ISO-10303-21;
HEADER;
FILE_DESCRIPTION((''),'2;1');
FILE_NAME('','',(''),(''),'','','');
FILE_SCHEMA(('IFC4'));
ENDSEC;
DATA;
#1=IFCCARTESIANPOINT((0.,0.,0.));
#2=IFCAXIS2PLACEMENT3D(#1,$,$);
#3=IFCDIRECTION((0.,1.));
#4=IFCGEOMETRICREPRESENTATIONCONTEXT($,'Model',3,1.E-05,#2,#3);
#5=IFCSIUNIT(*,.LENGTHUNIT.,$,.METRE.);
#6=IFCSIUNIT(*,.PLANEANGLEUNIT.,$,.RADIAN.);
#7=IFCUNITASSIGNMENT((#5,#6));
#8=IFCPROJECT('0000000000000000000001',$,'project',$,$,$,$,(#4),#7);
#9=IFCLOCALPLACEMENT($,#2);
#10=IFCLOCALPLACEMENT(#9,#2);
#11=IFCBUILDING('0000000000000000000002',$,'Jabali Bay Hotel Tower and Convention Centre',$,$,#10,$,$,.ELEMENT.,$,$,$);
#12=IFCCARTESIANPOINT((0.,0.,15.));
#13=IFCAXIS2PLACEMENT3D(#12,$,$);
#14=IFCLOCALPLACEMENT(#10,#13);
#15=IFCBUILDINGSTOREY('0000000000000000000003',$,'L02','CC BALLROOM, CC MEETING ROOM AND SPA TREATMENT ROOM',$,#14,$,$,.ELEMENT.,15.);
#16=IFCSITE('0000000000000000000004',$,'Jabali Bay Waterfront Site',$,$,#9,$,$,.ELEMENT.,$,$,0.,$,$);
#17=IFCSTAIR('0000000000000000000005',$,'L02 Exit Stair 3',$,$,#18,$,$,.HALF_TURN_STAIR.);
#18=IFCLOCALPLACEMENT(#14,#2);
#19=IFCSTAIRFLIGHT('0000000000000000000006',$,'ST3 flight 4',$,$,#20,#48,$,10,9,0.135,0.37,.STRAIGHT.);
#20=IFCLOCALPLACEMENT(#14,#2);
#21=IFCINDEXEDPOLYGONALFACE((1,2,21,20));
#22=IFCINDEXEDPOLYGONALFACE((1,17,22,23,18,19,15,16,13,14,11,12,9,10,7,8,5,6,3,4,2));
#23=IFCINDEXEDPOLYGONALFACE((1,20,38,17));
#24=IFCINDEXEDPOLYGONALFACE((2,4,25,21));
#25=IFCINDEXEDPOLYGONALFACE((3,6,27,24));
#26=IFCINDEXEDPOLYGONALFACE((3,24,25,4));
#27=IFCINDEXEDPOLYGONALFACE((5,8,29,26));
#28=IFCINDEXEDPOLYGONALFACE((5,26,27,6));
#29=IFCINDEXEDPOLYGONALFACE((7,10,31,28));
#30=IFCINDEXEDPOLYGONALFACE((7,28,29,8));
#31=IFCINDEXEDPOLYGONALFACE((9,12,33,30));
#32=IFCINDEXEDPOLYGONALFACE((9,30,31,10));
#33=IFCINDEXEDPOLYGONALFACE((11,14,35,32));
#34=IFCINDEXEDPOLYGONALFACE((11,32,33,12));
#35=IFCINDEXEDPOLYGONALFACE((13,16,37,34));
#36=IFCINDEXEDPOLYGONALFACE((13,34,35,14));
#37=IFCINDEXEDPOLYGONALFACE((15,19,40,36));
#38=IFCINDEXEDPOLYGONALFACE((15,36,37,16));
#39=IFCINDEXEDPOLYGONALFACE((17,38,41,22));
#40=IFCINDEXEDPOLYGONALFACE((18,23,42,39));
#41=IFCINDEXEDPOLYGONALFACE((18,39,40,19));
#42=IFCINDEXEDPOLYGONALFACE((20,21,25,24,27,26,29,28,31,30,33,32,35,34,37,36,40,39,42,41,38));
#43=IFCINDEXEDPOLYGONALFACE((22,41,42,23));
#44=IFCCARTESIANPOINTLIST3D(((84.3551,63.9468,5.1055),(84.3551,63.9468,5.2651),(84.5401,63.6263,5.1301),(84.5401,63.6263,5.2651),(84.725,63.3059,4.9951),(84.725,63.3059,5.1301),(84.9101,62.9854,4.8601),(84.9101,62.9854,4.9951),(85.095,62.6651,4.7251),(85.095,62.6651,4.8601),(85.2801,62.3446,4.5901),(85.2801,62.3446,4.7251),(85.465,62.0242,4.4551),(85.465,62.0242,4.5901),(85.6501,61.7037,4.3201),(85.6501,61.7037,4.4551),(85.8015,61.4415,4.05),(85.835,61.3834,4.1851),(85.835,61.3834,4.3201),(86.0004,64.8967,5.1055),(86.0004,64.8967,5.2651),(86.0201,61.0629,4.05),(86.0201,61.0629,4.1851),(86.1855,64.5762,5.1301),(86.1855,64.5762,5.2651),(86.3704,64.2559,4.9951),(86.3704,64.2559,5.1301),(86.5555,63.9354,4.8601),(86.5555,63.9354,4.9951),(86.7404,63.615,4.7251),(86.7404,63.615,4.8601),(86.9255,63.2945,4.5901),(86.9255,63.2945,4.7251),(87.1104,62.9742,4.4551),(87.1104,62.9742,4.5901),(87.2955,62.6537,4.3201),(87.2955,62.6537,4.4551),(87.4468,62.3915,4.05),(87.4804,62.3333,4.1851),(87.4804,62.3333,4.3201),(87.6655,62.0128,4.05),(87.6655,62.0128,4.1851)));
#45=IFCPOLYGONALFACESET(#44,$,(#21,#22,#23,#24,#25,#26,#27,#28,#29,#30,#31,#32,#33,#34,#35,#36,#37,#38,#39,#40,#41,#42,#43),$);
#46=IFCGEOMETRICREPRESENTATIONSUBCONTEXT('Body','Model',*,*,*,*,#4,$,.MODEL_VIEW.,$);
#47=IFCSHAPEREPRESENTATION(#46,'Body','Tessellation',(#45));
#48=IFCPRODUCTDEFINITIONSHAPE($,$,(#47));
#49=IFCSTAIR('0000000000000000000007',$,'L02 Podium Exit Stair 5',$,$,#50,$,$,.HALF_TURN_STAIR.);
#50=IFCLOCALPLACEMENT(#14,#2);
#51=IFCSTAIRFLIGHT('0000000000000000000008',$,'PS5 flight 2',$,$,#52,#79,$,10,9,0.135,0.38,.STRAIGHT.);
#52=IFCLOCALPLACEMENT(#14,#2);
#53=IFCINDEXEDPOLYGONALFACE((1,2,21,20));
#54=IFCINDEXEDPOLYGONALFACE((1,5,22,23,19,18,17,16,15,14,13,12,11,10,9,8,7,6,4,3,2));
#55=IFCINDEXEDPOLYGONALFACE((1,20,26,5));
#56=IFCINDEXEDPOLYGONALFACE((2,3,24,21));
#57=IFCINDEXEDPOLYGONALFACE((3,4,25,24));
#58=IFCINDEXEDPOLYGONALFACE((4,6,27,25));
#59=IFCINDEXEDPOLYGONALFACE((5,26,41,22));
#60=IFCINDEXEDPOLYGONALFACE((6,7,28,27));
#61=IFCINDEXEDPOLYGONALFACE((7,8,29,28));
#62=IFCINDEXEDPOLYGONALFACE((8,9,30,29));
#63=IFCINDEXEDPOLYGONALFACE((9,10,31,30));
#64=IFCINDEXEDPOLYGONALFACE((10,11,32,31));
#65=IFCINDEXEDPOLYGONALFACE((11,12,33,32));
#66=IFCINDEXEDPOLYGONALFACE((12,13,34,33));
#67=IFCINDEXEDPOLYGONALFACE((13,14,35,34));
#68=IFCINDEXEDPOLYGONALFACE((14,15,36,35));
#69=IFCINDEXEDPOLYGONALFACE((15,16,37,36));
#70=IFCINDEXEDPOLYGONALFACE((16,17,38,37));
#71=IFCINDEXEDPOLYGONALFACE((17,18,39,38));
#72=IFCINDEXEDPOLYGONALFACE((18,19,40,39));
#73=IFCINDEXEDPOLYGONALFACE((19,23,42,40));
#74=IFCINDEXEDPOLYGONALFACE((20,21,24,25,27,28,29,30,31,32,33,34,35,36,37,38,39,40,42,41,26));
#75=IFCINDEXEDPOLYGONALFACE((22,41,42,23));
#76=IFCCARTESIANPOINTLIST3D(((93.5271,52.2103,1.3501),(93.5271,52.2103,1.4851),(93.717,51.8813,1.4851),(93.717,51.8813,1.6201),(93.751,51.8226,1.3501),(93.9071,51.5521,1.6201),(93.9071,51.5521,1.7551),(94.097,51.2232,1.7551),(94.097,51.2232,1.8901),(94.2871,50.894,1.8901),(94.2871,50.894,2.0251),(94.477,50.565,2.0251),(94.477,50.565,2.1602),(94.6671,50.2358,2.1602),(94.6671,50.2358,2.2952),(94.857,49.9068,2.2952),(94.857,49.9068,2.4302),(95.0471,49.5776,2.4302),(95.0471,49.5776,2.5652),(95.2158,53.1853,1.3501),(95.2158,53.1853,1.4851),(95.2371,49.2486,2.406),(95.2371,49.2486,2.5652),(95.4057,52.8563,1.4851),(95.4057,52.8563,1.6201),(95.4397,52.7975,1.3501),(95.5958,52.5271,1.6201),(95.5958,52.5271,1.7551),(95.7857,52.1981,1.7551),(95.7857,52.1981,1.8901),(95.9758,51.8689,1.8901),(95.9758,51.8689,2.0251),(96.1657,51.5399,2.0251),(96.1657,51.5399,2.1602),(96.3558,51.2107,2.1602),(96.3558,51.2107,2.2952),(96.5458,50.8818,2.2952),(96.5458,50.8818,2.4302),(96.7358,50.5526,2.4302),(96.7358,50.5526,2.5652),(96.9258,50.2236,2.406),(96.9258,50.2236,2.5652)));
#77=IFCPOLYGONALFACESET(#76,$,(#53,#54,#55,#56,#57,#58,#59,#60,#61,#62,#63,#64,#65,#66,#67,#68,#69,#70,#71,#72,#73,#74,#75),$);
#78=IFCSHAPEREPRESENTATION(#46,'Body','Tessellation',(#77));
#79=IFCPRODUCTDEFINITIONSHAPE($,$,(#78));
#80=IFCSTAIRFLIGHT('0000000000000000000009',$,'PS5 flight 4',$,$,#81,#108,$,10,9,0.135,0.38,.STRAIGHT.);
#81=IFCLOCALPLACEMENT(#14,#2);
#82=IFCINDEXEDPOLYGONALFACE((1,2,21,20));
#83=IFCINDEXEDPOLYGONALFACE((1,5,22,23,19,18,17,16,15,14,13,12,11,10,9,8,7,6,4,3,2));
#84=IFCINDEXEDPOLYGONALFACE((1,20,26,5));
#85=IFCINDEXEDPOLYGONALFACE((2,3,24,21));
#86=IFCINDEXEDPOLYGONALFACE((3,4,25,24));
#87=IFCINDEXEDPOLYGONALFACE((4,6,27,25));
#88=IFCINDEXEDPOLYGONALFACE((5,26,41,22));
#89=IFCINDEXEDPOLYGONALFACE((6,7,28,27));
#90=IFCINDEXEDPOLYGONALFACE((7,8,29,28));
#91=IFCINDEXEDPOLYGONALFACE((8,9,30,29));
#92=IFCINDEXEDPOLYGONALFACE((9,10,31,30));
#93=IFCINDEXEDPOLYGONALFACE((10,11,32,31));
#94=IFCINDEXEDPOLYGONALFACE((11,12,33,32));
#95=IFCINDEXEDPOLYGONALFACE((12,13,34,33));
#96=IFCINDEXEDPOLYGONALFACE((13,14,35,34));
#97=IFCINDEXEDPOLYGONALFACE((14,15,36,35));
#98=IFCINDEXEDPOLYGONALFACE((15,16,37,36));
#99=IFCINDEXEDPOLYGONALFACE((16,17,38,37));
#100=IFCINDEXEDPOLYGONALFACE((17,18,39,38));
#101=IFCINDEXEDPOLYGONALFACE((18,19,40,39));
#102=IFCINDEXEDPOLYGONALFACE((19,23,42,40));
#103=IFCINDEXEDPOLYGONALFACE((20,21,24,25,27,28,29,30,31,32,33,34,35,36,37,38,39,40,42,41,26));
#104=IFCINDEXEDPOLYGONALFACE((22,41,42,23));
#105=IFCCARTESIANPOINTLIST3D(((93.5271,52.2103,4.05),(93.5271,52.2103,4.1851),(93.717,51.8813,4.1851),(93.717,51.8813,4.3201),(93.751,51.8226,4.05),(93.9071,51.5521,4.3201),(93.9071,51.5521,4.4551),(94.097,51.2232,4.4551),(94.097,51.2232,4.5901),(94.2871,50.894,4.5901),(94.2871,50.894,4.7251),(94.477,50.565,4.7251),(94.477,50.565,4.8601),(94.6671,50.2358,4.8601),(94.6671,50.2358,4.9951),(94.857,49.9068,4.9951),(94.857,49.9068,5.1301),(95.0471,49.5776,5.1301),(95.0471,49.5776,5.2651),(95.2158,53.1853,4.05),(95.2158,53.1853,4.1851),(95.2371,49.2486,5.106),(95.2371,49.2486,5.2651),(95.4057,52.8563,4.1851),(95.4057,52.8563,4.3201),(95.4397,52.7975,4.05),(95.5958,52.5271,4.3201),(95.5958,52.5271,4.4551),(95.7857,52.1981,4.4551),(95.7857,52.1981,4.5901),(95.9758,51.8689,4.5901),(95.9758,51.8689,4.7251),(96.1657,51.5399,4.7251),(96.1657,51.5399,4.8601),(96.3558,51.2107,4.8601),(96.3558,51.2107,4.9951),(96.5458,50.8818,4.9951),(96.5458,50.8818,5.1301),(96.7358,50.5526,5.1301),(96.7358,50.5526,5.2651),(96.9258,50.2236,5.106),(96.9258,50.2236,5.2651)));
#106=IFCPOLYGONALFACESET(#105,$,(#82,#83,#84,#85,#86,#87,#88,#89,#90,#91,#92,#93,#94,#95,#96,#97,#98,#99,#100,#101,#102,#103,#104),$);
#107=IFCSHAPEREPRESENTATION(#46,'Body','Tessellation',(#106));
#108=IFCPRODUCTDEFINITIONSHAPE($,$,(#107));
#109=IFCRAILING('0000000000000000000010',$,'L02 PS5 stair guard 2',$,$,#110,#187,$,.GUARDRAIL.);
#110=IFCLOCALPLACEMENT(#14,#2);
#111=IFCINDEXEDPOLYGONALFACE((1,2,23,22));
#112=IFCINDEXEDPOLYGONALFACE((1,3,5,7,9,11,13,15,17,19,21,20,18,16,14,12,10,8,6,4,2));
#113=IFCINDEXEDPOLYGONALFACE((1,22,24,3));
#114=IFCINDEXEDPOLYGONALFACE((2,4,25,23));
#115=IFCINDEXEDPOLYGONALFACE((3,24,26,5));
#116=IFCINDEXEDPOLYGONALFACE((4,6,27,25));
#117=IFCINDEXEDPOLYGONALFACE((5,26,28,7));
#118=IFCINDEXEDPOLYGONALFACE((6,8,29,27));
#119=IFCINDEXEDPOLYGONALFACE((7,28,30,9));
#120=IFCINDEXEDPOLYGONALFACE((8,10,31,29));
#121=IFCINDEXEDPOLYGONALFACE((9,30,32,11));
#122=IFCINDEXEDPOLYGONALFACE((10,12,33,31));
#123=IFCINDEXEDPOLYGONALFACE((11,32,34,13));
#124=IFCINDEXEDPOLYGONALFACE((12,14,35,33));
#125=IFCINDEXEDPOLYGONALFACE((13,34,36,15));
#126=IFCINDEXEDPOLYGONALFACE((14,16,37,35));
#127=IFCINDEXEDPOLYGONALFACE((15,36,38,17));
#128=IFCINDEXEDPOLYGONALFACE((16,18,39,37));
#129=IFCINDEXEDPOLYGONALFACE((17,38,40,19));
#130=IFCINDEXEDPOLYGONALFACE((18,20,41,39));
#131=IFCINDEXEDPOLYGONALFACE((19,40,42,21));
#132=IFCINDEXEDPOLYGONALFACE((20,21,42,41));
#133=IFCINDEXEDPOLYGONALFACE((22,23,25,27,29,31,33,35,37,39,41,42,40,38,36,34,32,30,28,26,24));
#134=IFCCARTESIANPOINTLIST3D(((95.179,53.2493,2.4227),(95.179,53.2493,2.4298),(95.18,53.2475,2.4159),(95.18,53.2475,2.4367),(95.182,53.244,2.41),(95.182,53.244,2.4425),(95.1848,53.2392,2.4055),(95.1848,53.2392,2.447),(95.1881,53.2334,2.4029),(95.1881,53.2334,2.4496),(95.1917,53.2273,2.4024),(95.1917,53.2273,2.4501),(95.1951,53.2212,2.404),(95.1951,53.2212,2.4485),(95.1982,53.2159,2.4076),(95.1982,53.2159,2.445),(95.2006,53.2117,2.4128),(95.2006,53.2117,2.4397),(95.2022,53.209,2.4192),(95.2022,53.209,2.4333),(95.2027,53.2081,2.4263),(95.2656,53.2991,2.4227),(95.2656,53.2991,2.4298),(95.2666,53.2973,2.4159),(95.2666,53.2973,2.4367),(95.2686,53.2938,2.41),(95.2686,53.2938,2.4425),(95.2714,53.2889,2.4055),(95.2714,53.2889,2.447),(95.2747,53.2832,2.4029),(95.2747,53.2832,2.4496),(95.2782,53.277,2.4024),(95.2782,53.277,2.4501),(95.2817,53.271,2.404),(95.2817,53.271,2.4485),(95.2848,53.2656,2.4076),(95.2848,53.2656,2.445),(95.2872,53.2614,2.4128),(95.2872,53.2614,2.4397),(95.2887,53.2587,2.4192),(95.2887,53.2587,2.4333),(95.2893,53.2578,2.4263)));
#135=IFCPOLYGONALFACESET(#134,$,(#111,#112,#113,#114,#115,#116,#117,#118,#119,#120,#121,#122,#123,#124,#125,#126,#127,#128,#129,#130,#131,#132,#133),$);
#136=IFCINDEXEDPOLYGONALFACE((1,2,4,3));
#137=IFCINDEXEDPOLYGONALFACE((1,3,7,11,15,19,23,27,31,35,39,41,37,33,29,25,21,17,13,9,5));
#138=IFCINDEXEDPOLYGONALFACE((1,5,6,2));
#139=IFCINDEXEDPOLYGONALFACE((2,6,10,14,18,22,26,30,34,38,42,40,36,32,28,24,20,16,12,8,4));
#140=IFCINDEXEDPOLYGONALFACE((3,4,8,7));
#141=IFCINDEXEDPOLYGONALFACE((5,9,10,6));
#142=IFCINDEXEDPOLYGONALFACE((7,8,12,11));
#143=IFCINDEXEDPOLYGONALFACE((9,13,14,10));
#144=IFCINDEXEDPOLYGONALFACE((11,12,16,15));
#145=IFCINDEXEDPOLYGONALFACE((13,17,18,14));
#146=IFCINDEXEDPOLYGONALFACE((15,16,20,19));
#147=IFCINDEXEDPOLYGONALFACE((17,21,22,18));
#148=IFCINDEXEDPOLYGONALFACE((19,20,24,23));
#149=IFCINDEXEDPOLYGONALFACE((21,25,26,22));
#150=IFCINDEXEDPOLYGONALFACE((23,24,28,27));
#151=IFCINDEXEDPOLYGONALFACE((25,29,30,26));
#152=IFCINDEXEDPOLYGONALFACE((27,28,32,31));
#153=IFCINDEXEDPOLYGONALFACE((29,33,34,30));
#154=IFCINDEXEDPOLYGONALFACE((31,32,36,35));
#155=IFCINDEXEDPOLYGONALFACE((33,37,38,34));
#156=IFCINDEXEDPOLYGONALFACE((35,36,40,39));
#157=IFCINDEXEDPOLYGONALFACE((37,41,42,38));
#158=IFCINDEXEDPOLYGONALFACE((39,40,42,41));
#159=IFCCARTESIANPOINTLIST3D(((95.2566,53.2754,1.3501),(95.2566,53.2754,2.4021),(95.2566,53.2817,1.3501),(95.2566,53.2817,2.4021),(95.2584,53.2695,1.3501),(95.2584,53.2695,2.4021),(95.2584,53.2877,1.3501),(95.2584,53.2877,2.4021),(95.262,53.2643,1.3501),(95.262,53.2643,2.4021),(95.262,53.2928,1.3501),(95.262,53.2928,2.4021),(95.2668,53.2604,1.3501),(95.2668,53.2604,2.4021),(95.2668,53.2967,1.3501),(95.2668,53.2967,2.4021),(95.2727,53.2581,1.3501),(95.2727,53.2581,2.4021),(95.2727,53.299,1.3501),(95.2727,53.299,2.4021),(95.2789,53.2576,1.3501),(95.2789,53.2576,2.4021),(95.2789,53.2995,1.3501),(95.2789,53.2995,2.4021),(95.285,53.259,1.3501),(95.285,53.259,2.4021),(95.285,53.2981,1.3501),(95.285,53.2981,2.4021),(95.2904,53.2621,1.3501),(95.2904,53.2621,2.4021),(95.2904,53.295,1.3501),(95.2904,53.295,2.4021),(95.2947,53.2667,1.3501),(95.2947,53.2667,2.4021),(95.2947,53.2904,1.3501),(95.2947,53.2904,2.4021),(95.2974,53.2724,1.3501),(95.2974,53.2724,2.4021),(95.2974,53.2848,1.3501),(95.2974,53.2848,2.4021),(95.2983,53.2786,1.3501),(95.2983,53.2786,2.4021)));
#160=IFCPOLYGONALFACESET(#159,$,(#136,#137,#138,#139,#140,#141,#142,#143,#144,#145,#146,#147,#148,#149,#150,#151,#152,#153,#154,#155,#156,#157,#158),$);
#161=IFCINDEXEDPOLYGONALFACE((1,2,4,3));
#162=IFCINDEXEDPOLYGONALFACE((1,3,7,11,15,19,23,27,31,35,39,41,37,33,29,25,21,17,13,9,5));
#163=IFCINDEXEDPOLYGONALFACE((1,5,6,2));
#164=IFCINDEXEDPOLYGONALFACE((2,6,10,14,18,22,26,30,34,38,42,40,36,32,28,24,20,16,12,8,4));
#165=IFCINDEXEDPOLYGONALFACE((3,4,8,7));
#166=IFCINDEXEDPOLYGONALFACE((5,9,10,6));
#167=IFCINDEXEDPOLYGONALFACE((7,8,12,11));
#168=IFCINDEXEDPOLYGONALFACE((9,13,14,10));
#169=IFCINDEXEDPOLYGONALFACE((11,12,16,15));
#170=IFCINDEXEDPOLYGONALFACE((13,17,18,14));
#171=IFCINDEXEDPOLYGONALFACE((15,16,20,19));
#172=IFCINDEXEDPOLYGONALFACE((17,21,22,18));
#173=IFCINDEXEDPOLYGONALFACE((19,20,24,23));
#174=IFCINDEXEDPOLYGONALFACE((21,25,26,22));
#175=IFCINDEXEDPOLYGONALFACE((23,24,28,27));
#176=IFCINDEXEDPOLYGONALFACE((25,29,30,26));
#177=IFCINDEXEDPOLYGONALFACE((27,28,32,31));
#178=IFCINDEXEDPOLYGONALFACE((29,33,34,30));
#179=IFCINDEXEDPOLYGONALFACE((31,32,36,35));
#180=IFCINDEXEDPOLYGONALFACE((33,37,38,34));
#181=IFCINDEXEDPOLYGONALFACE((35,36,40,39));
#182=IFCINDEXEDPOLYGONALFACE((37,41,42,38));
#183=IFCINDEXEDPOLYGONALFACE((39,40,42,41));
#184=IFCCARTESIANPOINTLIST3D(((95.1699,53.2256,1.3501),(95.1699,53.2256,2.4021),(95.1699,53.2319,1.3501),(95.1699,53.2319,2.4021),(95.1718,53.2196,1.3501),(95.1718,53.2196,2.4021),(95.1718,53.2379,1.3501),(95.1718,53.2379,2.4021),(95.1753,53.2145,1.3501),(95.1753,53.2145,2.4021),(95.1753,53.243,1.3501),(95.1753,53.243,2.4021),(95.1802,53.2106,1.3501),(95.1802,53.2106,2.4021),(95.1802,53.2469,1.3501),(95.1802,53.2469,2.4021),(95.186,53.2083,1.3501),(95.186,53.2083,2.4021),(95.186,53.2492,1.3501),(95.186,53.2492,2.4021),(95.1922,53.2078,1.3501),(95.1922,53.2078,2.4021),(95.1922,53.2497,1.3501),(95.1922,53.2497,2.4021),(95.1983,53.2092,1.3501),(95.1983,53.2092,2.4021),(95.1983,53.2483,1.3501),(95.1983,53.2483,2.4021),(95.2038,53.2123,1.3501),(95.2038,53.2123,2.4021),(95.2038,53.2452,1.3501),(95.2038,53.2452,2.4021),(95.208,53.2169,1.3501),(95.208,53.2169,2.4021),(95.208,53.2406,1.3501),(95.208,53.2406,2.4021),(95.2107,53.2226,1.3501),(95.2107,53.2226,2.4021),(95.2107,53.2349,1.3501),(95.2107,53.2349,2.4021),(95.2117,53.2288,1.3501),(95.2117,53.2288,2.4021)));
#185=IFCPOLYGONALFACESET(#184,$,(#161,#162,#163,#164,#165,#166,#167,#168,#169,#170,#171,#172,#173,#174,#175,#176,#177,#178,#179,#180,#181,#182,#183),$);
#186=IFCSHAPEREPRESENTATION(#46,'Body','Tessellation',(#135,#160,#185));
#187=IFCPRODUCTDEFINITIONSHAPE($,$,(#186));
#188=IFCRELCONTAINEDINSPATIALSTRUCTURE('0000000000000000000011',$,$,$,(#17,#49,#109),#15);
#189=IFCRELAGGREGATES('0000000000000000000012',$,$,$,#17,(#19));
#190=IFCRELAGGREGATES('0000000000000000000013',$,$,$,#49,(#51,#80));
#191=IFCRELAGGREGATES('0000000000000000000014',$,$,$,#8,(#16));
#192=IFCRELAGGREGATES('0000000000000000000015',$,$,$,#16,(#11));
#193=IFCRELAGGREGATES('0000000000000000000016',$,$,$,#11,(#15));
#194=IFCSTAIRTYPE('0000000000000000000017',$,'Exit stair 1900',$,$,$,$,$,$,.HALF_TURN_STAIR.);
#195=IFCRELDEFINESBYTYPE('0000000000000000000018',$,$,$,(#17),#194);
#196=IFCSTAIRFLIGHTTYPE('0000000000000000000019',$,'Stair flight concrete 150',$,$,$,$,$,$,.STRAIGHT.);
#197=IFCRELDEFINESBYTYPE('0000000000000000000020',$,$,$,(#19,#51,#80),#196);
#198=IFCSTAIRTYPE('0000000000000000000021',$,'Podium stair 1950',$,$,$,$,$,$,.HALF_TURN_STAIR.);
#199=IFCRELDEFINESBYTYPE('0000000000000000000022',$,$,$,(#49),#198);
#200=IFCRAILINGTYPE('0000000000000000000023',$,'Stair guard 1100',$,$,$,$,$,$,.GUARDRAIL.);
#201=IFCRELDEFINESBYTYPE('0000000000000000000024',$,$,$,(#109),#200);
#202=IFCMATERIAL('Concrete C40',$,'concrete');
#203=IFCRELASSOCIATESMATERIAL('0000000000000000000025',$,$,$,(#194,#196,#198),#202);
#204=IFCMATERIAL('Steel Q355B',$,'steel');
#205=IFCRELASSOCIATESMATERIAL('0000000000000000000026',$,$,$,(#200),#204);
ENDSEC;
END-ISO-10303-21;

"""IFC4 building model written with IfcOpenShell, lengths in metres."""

from ifc_helpers import new_model, si_unit, direction, frame, origin, origin_2d, place, context, subcontext, project, spatial, polyline, circle, outline, extrude, material, type_object, element, aggregate, save


model = new_model("IFC4")

# Units and contexts
model_context = context("Model", 3, precision=1e-05, world=origin(), true_north=direction((0.0, 1.0)))
body_context = subcontext(model_context, "Body", "Model", "MODEL_VIEW")
ifc_project = project(units=[si_unit("LENGTHUNIT", "METRE"), si_unit("PLANEANGLEUNIT", "RADIAN")], contexts=[model_context])

# Site, building, storey
site_placement = place(None, origin())
site = spatial("IfcSite", under=ifc_project, at=site_placement, Name="Jabali Bay Waterfront Site", CompositionType="ELEMENT", RefElevation=0.0)
building_placement = place(site_placement, origin())
building = spatial("IfcBuilding", under=site, at=building_placement, Name="Jabali Bay Hotel Tower and Convention Centre", CompositionType="ELEMENT")
storey_placement = place(building_placement, frame((0.0, 0.0, 15.0)))
storey = spatial("IfcBuildingStorey", under=building, at=storey_placement, Name="L02", Description="CC BALLROOM, CC MEETING ROOM AND SPA TREATMENT ROOM", CompositionType="ELEMENT", Elevation=15.0)

# Shared definitions
ifc_material_1 = material(Name="Concrete C40", Category="concrete")

# Stairs, stair flights
stair_type_1 = type_object("IfcStairType", Name="Exit stair 1900", PredefinedType="HALF_TURN_STAIR", material=ifc_material_1)
stair_1_placement = place(storey_placement, origin())
stair_1 = element("IfcStair", 1, at=stair_1_placement, inside=storey, type_object=stair_type_1, Name="L02 Exit Stair 3", PredefinedType="HALF_TURN_STAIR")
stair_flight_type = type_object("IfcStairFlightType", Name="Stair flight concrete 150", PredefinedType="STRAIGHT", material=ifc_material_1)
stair_flight_1_placement = place(storey_placement, frame((86.8428, 61.5378, 4.05), z_axis=(0.0, 0.0, 1.0), x_axis=(-0.5, 0.866025, 0.0)))
stair_flight_1 = element("IfcStairFlight", 2, at=stair_flight_1_placement, type_object=stair_flight_type, Name="ST3 flight 4", NumberOfRisers=10, NumberOfTreads=9, PredefinedType="STRAIGHT", RiserHeight=0.135, TreadLength=0.37, context=body_context, shape_type="SweptSolid", body=[
    extrude(outline(polyline([(0.0, 0.0), (0.0, 0.135), (0.3701, 0.135), (0.3701, 0.27), (0.74, 0.27), (0.74, 0.405), (1.1101, 0.405), (1.1101, 0.54), (1.48, 0.54), (1.48, 0.675), (1.8501, 0.675), (1.8501, 0.8101), (2.22, 0.8101), (2.22, 0.9451), (2.5901, 0.9451), (2.5901, 1.0801), (2.96, 1.0801), (2.96, 1.2151), (3.3301, 1.2151), (3.3301, 1.3501), (3.3301, 1.0554), (0.4373, 0.0), (0.0, 0.0)])), frame((0.0, 0.95, 0.0), z_axis=(0.0, -1.0, 0.0), x_axis=(1.0, 0.0, 0.0)), (0.0, 0.0, 1.0), 1.8999),
])
aggregate(stair_1, [stair_flight_1])
stair_type_2 = type_object("IfcStairType", Name="Podium stair 1950", PredefinedType="HALF_TURN_STAIR", material=ifc_material_1)
stair_2_placement = place(storey_placement, origin())
stair_2 = element("IfcStair", 3, at=stair_2_placement, inside=storey, type_object=stair_type_2, Name="L02 Podium Exit Stair 5", PredefinedType="HALF_TURN_STAIR")
stair_flight_2_placement = place(storey_placement, frame((94.3713, 52.6978, 1.3501), z_axis=(0.0, 0.0, 1.0), x_axis=(0.5, -0.866025, 0.0)))
stair_flight_2 = element("IfcStairFlight", 4, at=stair_flight_2_placement, type_object=stair_flight_type, Name="PS5 flight 2", NumberOfRisers=10, NumberOfTreads=9, PredefinedType="STRAIGHT", RiserHeight=0.135, TreadLength=0.38, context=body_context, shape_type="SweptSolid", body=[
    extrude(outline(polyline([(0.0, 0.0), (0.0, 0.135), (0.3799, 0.135), (0.3799, 0.27), (0.76, 0.27), (0.76, 0.405), (1.1399, 0.405), (1.1399, 0.54), (1.52, 0.54), (1.52, 0.675), (1.8999, 0.675), (1.8999, 0.8101), (2.28, 0.8101), (2.28, 0.9451), (2.6599, 0.9451), (2.6599, 1.0801), (3.04, 1.0801), (3.04, 1.2151), (3.4199, 1.2151), (3.4199, 1.3501), (3.4199, 1.0559), (0.4478, 0.0), (0.0, 0.0)])), frame((0.0, 0.9751, 0.0), z_axis=(0.0, -1.0, 0.0), x_axis=(1.0, 0.0, 0.0)), (0.0, 0.0, 1.0), 1.95),
])
stair_flight_3_placement = place(storey_placement, frame((94.3713, 52.6978, 4.05), z_axis=(0.0, 0.0, 1.0), x_axis=(0.5, -0.866025, 0.0)))
stair_flight_3 = element("IfcStairFlight", 5, at=stair_flight_3_placement, type_object=stair_flight_type, Name="PS5 flight 4", NumberOfRisers=10, NumberOfTreads=9, PredefinedType="STRAIGHT", RiserHeight=0.135, TreadLength=0.38, context=body_context, shape_type="SweptSolid", body=[
    extrude(outline(polyline([(0.0, 0.0), (0.0, 0.135), (0.3799, 0.135), (0.3799, 0.27), (0.76, 0.27), (0.76, 0.405), (1.1399, 0.405), (1.1399, 0.54), (1.52, 0.54), (1.52, 0.675), (1.8999, 0.675), (1.8999, 0.8101), (2.28, 0.8101), (2.28, 0.9451), (2.6599, 0.9451), (2.6599, 1.0801), (3.04, 1.0801), (3.04, 1.2151), (3.4199, 1.2151), (3.4199, 1.3501), (3.4199, 1.0559), (0.4478, 0.0), (0.0, 0.0)])), frame((0.0, 0.9751, 0.0), z_axis=(0.0, -1.0, 0.0), x_axis=(1.0, 0.0, 0.0)), (0.0, 0.0, 1.0), 1.95),
])
aggregate(stair_2, [stair_flight_2, stair_flight_3])

# Railing
ifc_material_2 = material(Name="Steel Q355B", Category="steel")
railing_type_1 = type_object("IfcRailingType", Name="Stair guard 1100", PredefinedType="GUARDRAIL", material=ifc_material_2)
railing_1_placement = place(storey_placement, frame((95.2773, 53.2786, 1.3501)))
element("IfcRailing", 6, at=railing_1_placement, inside=storey, type_object=railing_type_1, Name="L02 PS5 stair guard 2", PredefinedType="GUARDRAIL", context=body_context, shape_type="SweptSolid", body=[
    extrude(circle(Radius=0.0239, at=origin_2d()), frame((0.0, 0.0, 1.0762), z_axis=(-0.867038, -0.498242, 0.0), x_axis=(0.498242, -0.867038, 0.0)), (0.0, 0.0, 1.0), 0.0999),
    extrude(circle(Radius=0.021, at=origin_2d()), origin(), (0.0, 0.0, 1.0), 1.052),
    extrude(circle(Radius=0.021, at=origin_2d()), frame((-0.0867, -0.0498, 0.0)), (0.0, 0.0, 1.0), 1.052),
])

save(model, "model.ifc")
